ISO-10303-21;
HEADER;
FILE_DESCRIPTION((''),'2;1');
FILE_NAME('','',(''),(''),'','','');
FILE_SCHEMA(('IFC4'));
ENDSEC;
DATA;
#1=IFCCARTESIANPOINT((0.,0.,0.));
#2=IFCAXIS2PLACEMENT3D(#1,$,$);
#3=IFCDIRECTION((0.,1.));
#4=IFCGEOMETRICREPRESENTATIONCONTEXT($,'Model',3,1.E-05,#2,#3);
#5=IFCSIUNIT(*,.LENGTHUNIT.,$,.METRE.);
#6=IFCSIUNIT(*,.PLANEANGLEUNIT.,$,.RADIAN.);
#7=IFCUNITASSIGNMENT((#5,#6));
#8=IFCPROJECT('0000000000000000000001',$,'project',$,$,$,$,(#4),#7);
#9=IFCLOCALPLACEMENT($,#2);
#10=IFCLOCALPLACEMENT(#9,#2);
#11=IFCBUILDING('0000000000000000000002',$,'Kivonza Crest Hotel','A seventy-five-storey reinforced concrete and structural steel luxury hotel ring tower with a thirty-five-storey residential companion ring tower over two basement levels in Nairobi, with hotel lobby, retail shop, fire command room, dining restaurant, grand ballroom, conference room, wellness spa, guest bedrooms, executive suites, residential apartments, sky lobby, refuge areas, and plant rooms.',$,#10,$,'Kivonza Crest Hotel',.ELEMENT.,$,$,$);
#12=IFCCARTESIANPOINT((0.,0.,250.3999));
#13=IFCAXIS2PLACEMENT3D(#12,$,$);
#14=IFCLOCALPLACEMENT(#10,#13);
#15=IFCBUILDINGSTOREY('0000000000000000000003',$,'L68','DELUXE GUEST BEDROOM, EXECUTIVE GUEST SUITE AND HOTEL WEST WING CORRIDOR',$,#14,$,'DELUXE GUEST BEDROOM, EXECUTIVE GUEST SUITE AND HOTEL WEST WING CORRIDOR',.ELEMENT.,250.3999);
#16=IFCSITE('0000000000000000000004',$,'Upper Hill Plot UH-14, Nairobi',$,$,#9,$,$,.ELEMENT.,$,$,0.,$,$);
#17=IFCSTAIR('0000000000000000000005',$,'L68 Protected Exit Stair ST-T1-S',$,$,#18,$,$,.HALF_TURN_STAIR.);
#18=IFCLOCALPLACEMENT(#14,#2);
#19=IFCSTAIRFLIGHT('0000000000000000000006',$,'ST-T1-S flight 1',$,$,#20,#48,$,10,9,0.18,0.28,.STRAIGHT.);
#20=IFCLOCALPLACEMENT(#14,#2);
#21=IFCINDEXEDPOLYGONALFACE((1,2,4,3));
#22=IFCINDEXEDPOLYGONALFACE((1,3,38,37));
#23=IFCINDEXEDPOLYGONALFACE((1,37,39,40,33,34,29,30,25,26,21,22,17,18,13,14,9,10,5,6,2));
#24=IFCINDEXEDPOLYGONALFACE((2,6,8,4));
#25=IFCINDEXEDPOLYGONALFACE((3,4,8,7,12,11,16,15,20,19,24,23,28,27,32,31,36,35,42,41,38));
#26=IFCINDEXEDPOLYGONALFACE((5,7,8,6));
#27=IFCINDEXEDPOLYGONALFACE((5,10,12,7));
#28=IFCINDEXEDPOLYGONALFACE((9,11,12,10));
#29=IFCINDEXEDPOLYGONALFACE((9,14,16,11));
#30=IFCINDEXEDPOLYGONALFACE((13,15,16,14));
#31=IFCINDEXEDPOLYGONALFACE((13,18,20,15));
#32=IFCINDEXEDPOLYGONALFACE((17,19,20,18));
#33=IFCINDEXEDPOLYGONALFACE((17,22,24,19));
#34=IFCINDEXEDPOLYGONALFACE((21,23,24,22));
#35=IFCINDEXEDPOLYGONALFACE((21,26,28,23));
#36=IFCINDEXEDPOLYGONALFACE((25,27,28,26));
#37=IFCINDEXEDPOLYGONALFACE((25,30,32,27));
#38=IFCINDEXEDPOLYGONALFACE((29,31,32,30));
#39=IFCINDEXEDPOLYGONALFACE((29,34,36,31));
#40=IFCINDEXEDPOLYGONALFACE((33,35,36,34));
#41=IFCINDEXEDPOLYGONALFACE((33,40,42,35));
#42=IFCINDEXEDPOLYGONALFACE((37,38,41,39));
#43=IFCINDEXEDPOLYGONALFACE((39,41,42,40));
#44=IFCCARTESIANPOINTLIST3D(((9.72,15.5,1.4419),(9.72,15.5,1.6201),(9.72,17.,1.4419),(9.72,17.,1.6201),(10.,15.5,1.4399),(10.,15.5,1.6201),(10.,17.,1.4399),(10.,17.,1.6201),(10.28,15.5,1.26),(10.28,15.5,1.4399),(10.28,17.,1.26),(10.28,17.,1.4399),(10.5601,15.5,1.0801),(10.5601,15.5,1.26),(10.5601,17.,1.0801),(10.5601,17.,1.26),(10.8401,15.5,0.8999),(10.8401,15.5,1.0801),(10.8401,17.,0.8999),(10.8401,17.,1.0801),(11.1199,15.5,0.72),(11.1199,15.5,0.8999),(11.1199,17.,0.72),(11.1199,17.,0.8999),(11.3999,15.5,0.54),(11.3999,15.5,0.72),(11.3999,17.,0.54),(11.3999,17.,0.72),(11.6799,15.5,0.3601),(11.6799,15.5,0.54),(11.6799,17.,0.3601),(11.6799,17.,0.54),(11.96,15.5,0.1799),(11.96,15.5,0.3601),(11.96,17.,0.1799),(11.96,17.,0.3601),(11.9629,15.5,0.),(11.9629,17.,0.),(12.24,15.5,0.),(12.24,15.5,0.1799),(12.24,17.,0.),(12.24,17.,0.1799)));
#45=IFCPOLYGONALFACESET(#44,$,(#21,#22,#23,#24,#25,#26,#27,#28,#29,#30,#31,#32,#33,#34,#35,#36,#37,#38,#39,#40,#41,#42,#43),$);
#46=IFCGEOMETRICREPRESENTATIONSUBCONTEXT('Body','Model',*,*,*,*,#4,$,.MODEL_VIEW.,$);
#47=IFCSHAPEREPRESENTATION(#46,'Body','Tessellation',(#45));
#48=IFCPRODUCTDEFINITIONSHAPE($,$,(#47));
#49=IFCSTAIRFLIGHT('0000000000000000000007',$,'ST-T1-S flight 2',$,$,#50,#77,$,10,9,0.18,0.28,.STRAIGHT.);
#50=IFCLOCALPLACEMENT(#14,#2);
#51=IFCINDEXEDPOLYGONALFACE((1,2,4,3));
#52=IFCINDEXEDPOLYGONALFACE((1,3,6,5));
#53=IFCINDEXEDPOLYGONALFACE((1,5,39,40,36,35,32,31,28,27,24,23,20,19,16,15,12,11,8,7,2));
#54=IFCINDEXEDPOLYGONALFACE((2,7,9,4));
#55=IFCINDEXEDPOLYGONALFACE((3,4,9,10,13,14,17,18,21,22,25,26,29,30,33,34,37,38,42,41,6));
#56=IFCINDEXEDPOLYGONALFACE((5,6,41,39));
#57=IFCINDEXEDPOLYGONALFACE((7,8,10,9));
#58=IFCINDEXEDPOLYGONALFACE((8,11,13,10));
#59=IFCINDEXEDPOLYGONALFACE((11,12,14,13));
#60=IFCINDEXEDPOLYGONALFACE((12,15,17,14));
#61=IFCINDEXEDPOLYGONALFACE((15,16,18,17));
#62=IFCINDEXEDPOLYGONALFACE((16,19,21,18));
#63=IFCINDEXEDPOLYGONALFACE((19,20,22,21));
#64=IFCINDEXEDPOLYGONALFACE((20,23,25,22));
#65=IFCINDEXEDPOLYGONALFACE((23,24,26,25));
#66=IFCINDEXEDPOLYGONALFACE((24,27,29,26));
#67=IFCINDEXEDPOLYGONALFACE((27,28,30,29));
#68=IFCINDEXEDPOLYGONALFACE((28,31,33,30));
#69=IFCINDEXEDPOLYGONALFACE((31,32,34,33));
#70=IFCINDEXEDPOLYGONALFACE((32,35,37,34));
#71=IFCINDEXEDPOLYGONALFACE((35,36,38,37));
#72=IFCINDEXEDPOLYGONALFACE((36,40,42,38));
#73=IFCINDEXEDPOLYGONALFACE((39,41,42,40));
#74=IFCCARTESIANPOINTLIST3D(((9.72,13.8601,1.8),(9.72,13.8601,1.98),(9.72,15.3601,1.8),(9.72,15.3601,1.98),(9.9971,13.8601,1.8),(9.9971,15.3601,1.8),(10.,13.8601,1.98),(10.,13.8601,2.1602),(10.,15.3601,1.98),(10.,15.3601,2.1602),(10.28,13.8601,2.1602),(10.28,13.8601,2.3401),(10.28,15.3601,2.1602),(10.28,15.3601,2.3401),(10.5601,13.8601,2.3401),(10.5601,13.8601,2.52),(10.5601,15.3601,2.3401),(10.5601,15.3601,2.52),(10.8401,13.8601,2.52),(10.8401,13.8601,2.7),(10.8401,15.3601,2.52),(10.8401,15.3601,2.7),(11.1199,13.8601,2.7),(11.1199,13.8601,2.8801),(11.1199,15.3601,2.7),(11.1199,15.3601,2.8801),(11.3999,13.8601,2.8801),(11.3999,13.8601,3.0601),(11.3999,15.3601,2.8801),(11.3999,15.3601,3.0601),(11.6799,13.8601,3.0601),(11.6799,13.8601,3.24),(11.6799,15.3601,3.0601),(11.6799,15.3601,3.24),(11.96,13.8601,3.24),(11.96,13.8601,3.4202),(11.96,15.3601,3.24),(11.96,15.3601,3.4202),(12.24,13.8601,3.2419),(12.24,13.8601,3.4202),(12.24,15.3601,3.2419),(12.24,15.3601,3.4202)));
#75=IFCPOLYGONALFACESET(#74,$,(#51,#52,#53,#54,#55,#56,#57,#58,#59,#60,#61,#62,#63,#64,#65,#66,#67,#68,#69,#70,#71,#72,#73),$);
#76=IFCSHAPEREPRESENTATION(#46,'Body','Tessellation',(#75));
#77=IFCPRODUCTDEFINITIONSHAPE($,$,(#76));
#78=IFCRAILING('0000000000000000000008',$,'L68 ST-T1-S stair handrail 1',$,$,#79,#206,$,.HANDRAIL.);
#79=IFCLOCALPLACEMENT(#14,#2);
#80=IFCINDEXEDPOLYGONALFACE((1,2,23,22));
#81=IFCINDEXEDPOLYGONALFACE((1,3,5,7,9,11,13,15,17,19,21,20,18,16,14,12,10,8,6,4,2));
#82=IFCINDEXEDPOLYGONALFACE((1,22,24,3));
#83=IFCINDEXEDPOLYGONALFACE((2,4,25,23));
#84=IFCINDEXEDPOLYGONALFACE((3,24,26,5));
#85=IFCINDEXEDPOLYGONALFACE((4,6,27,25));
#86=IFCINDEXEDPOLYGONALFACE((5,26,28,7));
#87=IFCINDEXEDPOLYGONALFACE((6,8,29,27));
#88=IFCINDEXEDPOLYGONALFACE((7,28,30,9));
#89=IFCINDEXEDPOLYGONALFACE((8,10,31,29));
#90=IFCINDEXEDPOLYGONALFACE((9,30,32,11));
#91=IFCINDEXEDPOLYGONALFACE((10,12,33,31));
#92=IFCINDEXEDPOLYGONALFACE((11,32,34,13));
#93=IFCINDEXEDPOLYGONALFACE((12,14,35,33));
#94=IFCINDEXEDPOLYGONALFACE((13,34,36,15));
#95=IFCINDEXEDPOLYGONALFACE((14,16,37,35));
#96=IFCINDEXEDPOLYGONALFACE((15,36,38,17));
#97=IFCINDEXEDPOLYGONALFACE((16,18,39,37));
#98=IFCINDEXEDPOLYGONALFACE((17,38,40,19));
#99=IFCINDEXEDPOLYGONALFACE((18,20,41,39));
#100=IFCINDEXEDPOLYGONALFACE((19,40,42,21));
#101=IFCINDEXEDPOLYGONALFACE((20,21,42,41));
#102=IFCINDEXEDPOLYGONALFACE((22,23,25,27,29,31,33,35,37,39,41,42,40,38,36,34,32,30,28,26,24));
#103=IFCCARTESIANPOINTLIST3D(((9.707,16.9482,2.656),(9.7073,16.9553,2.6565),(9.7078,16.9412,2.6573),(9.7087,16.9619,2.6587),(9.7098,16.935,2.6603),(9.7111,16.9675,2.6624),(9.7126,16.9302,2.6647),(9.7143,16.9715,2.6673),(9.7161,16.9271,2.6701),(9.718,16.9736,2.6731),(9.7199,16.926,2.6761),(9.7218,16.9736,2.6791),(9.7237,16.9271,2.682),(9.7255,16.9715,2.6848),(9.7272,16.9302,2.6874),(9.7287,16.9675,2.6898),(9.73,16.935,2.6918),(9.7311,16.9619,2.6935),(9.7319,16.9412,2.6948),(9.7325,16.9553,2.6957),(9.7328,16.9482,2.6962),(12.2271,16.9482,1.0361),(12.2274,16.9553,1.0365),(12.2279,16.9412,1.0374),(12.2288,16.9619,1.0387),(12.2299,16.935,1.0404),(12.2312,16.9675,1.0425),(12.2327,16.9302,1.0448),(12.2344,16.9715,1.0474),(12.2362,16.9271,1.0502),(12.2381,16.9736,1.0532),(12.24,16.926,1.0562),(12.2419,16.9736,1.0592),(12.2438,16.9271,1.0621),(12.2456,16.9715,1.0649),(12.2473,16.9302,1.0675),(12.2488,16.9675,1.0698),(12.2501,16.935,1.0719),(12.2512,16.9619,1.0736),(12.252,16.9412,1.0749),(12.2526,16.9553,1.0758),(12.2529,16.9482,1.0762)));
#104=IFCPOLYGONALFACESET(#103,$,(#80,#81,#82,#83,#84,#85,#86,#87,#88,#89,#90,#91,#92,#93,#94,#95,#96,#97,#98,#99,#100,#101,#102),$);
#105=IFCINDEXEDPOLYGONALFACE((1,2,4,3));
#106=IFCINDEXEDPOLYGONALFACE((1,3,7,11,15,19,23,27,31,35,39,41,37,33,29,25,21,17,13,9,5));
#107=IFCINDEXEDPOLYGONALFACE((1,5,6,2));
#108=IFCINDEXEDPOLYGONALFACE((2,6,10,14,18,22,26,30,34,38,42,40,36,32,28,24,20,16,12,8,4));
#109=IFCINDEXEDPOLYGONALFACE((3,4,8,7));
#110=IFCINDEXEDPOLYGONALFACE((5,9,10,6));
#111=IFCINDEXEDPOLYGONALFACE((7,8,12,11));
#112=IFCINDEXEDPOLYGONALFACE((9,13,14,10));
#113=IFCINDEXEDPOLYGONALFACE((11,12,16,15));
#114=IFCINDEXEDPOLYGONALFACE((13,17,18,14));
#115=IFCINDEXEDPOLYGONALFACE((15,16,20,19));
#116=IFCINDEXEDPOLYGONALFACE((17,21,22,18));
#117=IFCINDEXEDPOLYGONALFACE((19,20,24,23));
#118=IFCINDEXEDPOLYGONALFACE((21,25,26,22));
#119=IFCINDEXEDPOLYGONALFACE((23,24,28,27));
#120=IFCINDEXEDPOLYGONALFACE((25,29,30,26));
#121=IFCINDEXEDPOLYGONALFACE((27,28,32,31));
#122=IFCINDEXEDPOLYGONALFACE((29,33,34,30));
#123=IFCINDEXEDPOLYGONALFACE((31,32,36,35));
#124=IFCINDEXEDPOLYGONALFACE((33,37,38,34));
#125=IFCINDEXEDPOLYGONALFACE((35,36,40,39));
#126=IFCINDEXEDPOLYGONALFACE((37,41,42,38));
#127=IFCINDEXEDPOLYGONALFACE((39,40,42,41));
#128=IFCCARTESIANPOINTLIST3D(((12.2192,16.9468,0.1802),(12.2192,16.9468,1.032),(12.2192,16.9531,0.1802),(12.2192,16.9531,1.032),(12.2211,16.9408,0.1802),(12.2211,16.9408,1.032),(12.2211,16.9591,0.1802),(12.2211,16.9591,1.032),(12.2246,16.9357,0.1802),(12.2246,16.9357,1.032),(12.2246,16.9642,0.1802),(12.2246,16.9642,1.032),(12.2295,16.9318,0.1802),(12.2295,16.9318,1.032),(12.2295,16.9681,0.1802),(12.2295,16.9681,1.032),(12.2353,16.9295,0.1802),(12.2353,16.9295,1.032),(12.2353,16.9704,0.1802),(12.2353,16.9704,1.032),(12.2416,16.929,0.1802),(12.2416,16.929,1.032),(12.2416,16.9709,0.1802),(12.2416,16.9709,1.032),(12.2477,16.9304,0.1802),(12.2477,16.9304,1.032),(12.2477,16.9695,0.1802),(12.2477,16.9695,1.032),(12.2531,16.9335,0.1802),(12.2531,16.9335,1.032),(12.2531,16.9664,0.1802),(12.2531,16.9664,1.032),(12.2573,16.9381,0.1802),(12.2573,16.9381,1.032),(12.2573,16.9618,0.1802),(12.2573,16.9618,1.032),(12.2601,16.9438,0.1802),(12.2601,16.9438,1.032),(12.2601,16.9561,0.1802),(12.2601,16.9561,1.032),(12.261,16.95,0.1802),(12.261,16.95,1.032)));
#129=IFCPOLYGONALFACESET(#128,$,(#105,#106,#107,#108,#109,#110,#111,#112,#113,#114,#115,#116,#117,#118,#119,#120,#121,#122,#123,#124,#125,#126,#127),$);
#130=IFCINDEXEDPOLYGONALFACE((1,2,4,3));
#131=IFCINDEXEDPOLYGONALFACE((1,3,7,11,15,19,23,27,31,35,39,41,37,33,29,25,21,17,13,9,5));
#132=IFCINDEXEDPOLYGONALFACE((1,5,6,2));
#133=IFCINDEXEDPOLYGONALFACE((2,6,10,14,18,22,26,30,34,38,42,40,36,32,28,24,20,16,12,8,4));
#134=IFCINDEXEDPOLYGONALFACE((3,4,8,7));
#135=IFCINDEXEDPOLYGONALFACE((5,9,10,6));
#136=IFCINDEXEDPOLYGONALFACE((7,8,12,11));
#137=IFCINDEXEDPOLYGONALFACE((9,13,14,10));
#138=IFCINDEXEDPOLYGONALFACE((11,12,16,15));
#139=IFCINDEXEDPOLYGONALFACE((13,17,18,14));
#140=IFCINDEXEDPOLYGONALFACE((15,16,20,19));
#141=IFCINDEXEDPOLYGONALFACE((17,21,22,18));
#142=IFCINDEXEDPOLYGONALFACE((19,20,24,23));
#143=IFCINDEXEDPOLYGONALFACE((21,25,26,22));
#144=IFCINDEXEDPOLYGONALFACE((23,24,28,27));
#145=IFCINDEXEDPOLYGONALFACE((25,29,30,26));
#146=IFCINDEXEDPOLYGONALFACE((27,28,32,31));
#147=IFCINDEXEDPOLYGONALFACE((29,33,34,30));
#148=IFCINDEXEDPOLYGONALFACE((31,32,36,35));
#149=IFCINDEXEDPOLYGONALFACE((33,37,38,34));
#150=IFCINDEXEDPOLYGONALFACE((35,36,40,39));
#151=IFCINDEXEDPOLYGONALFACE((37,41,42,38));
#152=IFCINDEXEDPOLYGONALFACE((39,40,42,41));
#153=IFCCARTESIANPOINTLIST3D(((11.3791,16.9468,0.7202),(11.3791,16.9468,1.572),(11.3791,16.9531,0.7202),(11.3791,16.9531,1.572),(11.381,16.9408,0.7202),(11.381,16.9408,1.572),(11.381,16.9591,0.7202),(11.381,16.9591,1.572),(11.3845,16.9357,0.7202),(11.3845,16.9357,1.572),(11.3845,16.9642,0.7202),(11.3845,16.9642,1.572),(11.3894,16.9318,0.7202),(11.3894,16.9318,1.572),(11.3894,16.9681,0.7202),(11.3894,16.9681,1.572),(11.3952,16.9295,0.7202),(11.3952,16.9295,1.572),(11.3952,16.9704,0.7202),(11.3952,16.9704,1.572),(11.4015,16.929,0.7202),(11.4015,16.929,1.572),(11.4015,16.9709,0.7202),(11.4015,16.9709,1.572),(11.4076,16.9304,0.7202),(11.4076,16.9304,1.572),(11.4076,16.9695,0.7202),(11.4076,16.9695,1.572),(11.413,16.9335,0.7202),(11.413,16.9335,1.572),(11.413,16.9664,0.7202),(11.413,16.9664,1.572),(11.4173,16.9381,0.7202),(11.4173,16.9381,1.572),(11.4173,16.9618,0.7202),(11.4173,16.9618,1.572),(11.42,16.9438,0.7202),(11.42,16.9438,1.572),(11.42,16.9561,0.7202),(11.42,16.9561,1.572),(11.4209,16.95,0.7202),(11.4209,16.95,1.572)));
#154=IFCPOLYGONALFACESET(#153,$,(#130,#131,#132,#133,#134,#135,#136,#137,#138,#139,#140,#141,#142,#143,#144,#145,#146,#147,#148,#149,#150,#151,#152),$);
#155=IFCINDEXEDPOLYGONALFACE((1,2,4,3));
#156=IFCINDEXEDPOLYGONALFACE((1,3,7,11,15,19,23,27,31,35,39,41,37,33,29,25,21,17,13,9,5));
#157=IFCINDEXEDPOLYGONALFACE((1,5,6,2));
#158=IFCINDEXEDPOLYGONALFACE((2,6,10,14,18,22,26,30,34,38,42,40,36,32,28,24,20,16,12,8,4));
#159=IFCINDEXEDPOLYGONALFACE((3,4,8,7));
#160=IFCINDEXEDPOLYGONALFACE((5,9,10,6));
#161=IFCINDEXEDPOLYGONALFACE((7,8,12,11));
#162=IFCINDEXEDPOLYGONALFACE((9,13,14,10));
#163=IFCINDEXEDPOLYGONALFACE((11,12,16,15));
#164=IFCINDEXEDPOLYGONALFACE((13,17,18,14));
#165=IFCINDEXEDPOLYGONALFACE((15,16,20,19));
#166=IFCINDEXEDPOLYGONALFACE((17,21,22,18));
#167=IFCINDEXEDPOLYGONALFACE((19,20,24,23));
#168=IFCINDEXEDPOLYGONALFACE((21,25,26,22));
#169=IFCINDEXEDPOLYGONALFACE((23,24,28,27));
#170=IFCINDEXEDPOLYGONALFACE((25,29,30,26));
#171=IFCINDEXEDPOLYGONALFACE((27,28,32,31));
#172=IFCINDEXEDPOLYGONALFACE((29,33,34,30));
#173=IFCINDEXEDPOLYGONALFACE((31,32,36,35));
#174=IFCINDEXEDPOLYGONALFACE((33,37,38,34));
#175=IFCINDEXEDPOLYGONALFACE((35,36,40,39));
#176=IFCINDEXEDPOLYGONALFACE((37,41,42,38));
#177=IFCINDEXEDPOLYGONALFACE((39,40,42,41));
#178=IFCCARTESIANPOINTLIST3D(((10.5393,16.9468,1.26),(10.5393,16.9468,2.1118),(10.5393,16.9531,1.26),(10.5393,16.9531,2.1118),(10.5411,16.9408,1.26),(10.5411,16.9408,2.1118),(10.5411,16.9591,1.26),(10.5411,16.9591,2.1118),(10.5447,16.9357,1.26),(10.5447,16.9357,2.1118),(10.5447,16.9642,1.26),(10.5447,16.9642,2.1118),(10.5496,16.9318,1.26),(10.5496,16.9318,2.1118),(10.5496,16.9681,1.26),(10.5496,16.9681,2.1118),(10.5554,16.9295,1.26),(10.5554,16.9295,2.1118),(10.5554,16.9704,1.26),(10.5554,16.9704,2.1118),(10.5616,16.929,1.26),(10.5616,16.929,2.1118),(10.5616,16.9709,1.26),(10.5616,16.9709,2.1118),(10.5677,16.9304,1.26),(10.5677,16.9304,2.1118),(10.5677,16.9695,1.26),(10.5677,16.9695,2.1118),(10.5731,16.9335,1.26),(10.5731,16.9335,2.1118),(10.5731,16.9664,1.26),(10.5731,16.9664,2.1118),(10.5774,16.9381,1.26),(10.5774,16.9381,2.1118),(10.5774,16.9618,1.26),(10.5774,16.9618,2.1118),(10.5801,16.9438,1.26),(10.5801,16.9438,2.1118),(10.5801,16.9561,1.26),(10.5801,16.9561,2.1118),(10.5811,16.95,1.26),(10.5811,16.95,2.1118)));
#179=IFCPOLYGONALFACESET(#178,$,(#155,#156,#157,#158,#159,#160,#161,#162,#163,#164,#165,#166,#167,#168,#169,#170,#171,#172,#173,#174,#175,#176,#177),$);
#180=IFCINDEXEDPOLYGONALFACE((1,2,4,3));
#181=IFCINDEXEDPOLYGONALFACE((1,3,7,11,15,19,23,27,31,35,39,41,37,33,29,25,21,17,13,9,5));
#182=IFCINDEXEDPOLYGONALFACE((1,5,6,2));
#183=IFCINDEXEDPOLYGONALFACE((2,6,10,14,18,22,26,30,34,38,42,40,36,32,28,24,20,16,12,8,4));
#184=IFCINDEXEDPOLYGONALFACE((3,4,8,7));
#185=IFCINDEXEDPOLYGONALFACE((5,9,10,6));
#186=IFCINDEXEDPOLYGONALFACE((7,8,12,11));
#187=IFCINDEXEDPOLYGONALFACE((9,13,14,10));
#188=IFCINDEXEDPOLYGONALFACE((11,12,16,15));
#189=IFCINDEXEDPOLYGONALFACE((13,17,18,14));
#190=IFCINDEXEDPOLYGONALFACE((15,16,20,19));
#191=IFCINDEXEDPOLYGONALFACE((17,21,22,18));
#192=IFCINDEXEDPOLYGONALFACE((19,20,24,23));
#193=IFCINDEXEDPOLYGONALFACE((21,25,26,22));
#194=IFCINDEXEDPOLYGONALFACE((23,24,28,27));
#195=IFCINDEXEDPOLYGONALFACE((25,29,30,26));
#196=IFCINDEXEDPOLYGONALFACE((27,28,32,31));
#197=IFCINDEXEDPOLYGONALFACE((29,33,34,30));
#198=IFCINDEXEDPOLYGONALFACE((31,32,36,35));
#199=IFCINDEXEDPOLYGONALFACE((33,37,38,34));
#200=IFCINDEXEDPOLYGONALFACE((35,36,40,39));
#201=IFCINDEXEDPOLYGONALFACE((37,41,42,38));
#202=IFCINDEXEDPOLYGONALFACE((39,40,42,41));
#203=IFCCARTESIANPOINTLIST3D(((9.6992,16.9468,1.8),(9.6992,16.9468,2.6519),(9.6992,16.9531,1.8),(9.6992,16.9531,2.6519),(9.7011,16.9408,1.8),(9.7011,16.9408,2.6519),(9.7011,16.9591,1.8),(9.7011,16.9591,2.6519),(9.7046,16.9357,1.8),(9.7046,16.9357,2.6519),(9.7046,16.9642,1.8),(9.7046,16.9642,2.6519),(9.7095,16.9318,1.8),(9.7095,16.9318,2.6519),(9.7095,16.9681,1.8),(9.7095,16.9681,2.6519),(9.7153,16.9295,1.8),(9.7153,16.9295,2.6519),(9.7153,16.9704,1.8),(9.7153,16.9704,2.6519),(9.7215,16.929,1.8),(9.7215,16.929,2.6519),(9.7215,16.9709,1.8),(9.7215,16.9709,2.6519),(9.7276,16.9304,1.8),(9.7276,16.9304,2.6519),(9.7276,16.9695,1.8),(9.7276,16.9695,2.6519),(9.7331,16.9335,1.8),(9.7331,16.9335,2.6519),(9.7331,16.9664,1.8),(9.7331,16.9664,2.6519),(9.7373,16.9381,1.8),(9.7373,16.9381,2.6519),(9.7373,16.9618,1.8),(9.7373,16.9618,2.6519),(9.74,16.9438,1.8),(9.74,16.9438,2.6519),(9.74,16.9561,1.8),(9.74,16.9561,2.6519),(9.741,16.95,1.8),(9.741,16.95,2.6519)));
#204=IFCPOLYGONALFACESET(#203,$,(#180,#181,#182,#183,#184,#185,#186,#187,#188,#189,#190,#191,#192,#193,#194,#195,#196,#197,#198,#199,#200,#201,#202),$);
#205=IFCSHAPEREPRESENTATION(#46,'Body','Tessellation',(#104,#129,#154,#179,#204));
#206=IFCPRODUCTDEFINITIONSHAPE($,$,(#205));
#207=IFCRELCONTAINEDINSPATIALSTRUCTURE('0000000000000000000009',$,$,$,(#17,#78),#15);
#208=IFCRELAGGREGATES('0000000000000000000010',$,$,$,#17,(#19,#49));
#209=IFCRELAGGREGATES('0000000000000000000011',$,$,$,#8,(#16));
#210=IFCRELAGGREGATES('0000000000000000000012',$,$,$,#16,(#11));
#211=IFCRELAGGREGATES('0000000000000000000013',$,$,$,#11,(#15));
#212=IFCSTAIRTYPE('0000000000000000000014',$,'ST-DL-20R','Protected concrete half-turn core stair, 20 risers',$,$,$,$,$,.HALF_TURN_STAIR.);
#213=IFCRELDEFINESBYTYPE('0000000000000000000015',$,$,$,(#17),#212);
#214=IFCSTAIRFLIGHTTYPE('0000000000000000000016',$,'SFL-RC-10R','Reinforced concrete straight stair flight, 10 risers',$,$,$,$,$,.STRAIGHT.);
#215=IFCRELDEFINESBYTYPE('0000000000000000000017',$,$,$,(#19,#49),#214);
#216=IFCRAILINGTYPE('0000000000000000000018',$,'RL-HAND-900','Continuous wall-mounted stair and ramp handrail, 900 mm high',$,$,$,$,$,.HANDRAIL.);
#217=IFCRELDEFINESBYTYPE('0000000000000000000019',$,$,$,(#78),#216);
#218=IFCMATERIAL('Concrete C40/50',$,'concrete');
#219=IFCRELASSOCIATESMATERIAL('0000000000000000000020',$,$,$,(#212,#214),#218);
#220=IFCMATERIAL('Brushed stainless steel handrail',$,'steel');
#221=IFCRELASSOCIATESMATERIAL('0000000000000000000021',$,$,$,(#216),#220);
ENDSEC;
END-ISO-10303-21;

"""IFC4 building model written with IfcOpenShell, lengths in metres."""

from ifc_helpers import new_model, si_unit, direction, frame, origin, origin_2d, place, context, subcontext, project, spatial, polyline, circle, outline, extrude, material, type_object, element, aggregate, save


model = new_model("IFC4")

# Units and contexts
model_context = context("Model", 3, precision=1e-05, world=origin(), true_north=direction((0.0, 1.0)))
body_context = subcontext(model_context, "Body", "Model", "MODEL_VIEW")
ifc_project = project(units=[si_unit("LENGTHUNIT", "METRE"), si_unit("PLANEANGLEUNIT", "RADIAN")], contexts=[model_context])

# Site, building, storey
site_placement = place(None, origin())
site = spatial("IfcSite", under=ifc_project, at=site_placement, Name="Upper Hill Plot UH-14, Nairobi", CompositionType="ELEMENT", RefElevation=0.0)
building_placement = place(site_placement, origin())
building = spatial("IfcBuilding", under=site, at=building_placement, Name="Kivonza Crest Hotel", Description="A seventy-five-storey reinforced concrete and structural steel luxury hotel ring tower with a thirty-five-storey residential companion ring tower over two basement levels in Nairobi, with hotel lobby, retail shop, fire command room, dining restaurant, grand ballroom, conference room, wellness spa, guest bedrooms, executive suites, residential apartments, sky lobby, refuge areas, and plant rooms.", LongName="Kivonza Crest Hotel", CompositionType="ELEMENT")
storey_placement = place(building_placement, frame((0.0, 0.0, 250.3999)))
storey = spatial("IfcBuildingStorey", under=building, at=storey_placement, Name="L68", Description="DELUXE GUEST BEDROOM, EXECUTIVE GUEST SUITE AND HOTEL WEST WING CORRIDOR", LongName="DELUXE GUEST BEDROOM, EXECUTIVE GUEST SUITE AND HOTEL WEST WING CORRIDOR", CompositionType="ELEMENT", Elevation=250.3999)

# Stair, stair flights
ifc_material_1 = material(Name="Concrete C40/50", Category="concrete")
stair_type = type_object("IfcStairType", Name="ST-DL-20R", Description="Protected concrete half-turn core stair, 20 risers", PredefinedType="HALF_TURN_STAIR", material=ifc_material_1)
stair_placement = place(storey_placement, origin())
stair = element("IfcStair", 1, at=stair_placement, inside=storey, type_object=stair_type, Name="L68 Protected Exit Stair ST-T1-S", PredefinedType="HALF_TURN_STAIR")
stair_flight_type = type_object("IfcStairFlightType", Name="SFL-RC-10R", Description="Reinforced concrete straight stair flight, 10 risers", PredefinedType="STRAIGHT", material=ifc_material_1)
stair_flight_1_placement = place(storey_placement, frame((12.24, 16.25, 0.0), z_axis=(0.0, 0.0, 1.0), x_axis=(-1.0, 0.0, 0.0)))
stair_flight_1 = element("IfcStairFlight", 2, at=stair_flight_1_placement, type_object=stair_flight_type, Name="ST-T1-S flight 1", NumberOfRisers=10, NumberOfTreads=9, PredefinedType="STRAIGHT", RiserHeight=0.18, TreadLength=0.28, context=body_context, shape_type="SweptSolid", body=[
    extrude(outline(polyline([(0.0, 0.0), (0.0, 0.1799), (0.28, 0.1799), (0.28, 0.3601), (0.5601, 0.3601), (0.5601, 0.54), (0.8401, 0.54), (0.8401, 0.72), (1.1201, 0.72), (1.1201, 0.8999), (1.3999, 0.8999), (1.3999, 1.0801), (1.6799, 1.0801), (1.6799, 1.26), (1.96, 1.26), (1.96, 1.4399), (2.24, 1.4399), (2.24, 1.6201), (2.52, 1.6201), (2.52, 1.8), (2.52, 1.4419), (0.2771, 0.0), (0.0, 0.0)])), frame((0.0, 0.75, 0.0), z_axis=(0.0, -1.0, 0.0), x_axis=(1.0, 0.0, 0.0)), (0.0, 0.0, 1.0), 1.5),
])
stair_flight_2_placement = place(storey_placement, frame((9.72, 14.6101, 1.8), z_axis=(0.0, 0.0, 1.0), x_axis=(1.0, 0.0, 0.0)))
stair_flight_2 = element("IfcStairFlight", 3, at=stair_flight_2_placement, type_object=stair_flight_type, Name="ST-T1-S flight 2", NumberOfRisers=10, NumberOfTreads=9, PredefinedType="STRAIGHT", RiserHeight=0.18, TreadLength=0.28, context=body_context, shape_type="SweptSolid", body=[
    extrude(outline(polyline([(0.0, 0.0), (0.0, 0.1799), (0.28, 0.1799), (0.28, 0.3601), (0.5601, 0.3601), (0.5601, 0.54), (0.8401, 0.54), (0.8401, 0.72), (1.1201, 0.72), (1.1201, 0.8999), (1.3999, 0.8999), (1.3999, 1.0801), (1.6799, 1.0801), (1.6799, 1.26), (1.96, 1.26), (1.96, 1.4399), (2.24, 1.4399), (2.24, 1.6201), (2.52, 1.6201), (2.52, 1.8), (2.52, 1.4419), (0.2771, 0.0), (0.0, 0.0)])), frame((0.0, 0.75, 0.0), z_axis=(0.0, -1.0, 0.0), x_axis=(1.0, 0.0, 0.0)), (0.0, 0.0, 1.0), 1.5),
])
aggregate(stair, [stair_flight_1, stair_flight_2])

# Railing
ifc_material_2 = material(Name="Brushed stainless steel handrail", Category="steel")
railing_type_1 = type_object("IfcRailingType", Name="RL-HAND-900", Description="Continuous wall-mounted stair and ramp handrail, 900 mm high", PredefinedType="HANDRAIL", material=ifc_material_2)
railing_1_placement = place(storey_placement, frame((12.24, 16.95, 0.1802)))
element("IfcRailing", 4, at=railing_1_placement, inside=storey, type_object=railing_type_1, Name="L68 ST-T1-S stair handrail 1", PredefinedType="HANDRAIL", context=body_context, shape_type="SweptSolid", body=[
    extrude(circle(Radius=0.0239, at=origin_2d()), frame((0.0, 0.0, 0.876), z_axis=(-0.8412, 0.0, 0.540725), x_axis=(0.0, -1.0, 0.0)), (0.0, 0.0, 1.0), 2.9958),
    extrude(circle(Radius=0.021, at=origin_2d()), origin(), (0.0, 0.0, 1.0), 0.8518),
    extrude(circle(Radius=0.021, at=origin_2d()), frame((-0.8401, 0.0, 0.54)), (0.0, 0.0, 1.0), 0.8518),
    extrude(circle(Radius=0.021, at=origin_2d()), frame((-1.6799, 0.0, 1.0798)), (0.0, 0.0, 1.0), 0.8518),
    extrude(circle(Radius=0.021, at=origin_2d()), frame((-2.52, 0.0, 1.6199)), (0.0, 0.0, 1.0), 0.8518),
])

save(model, "model.ifc")
